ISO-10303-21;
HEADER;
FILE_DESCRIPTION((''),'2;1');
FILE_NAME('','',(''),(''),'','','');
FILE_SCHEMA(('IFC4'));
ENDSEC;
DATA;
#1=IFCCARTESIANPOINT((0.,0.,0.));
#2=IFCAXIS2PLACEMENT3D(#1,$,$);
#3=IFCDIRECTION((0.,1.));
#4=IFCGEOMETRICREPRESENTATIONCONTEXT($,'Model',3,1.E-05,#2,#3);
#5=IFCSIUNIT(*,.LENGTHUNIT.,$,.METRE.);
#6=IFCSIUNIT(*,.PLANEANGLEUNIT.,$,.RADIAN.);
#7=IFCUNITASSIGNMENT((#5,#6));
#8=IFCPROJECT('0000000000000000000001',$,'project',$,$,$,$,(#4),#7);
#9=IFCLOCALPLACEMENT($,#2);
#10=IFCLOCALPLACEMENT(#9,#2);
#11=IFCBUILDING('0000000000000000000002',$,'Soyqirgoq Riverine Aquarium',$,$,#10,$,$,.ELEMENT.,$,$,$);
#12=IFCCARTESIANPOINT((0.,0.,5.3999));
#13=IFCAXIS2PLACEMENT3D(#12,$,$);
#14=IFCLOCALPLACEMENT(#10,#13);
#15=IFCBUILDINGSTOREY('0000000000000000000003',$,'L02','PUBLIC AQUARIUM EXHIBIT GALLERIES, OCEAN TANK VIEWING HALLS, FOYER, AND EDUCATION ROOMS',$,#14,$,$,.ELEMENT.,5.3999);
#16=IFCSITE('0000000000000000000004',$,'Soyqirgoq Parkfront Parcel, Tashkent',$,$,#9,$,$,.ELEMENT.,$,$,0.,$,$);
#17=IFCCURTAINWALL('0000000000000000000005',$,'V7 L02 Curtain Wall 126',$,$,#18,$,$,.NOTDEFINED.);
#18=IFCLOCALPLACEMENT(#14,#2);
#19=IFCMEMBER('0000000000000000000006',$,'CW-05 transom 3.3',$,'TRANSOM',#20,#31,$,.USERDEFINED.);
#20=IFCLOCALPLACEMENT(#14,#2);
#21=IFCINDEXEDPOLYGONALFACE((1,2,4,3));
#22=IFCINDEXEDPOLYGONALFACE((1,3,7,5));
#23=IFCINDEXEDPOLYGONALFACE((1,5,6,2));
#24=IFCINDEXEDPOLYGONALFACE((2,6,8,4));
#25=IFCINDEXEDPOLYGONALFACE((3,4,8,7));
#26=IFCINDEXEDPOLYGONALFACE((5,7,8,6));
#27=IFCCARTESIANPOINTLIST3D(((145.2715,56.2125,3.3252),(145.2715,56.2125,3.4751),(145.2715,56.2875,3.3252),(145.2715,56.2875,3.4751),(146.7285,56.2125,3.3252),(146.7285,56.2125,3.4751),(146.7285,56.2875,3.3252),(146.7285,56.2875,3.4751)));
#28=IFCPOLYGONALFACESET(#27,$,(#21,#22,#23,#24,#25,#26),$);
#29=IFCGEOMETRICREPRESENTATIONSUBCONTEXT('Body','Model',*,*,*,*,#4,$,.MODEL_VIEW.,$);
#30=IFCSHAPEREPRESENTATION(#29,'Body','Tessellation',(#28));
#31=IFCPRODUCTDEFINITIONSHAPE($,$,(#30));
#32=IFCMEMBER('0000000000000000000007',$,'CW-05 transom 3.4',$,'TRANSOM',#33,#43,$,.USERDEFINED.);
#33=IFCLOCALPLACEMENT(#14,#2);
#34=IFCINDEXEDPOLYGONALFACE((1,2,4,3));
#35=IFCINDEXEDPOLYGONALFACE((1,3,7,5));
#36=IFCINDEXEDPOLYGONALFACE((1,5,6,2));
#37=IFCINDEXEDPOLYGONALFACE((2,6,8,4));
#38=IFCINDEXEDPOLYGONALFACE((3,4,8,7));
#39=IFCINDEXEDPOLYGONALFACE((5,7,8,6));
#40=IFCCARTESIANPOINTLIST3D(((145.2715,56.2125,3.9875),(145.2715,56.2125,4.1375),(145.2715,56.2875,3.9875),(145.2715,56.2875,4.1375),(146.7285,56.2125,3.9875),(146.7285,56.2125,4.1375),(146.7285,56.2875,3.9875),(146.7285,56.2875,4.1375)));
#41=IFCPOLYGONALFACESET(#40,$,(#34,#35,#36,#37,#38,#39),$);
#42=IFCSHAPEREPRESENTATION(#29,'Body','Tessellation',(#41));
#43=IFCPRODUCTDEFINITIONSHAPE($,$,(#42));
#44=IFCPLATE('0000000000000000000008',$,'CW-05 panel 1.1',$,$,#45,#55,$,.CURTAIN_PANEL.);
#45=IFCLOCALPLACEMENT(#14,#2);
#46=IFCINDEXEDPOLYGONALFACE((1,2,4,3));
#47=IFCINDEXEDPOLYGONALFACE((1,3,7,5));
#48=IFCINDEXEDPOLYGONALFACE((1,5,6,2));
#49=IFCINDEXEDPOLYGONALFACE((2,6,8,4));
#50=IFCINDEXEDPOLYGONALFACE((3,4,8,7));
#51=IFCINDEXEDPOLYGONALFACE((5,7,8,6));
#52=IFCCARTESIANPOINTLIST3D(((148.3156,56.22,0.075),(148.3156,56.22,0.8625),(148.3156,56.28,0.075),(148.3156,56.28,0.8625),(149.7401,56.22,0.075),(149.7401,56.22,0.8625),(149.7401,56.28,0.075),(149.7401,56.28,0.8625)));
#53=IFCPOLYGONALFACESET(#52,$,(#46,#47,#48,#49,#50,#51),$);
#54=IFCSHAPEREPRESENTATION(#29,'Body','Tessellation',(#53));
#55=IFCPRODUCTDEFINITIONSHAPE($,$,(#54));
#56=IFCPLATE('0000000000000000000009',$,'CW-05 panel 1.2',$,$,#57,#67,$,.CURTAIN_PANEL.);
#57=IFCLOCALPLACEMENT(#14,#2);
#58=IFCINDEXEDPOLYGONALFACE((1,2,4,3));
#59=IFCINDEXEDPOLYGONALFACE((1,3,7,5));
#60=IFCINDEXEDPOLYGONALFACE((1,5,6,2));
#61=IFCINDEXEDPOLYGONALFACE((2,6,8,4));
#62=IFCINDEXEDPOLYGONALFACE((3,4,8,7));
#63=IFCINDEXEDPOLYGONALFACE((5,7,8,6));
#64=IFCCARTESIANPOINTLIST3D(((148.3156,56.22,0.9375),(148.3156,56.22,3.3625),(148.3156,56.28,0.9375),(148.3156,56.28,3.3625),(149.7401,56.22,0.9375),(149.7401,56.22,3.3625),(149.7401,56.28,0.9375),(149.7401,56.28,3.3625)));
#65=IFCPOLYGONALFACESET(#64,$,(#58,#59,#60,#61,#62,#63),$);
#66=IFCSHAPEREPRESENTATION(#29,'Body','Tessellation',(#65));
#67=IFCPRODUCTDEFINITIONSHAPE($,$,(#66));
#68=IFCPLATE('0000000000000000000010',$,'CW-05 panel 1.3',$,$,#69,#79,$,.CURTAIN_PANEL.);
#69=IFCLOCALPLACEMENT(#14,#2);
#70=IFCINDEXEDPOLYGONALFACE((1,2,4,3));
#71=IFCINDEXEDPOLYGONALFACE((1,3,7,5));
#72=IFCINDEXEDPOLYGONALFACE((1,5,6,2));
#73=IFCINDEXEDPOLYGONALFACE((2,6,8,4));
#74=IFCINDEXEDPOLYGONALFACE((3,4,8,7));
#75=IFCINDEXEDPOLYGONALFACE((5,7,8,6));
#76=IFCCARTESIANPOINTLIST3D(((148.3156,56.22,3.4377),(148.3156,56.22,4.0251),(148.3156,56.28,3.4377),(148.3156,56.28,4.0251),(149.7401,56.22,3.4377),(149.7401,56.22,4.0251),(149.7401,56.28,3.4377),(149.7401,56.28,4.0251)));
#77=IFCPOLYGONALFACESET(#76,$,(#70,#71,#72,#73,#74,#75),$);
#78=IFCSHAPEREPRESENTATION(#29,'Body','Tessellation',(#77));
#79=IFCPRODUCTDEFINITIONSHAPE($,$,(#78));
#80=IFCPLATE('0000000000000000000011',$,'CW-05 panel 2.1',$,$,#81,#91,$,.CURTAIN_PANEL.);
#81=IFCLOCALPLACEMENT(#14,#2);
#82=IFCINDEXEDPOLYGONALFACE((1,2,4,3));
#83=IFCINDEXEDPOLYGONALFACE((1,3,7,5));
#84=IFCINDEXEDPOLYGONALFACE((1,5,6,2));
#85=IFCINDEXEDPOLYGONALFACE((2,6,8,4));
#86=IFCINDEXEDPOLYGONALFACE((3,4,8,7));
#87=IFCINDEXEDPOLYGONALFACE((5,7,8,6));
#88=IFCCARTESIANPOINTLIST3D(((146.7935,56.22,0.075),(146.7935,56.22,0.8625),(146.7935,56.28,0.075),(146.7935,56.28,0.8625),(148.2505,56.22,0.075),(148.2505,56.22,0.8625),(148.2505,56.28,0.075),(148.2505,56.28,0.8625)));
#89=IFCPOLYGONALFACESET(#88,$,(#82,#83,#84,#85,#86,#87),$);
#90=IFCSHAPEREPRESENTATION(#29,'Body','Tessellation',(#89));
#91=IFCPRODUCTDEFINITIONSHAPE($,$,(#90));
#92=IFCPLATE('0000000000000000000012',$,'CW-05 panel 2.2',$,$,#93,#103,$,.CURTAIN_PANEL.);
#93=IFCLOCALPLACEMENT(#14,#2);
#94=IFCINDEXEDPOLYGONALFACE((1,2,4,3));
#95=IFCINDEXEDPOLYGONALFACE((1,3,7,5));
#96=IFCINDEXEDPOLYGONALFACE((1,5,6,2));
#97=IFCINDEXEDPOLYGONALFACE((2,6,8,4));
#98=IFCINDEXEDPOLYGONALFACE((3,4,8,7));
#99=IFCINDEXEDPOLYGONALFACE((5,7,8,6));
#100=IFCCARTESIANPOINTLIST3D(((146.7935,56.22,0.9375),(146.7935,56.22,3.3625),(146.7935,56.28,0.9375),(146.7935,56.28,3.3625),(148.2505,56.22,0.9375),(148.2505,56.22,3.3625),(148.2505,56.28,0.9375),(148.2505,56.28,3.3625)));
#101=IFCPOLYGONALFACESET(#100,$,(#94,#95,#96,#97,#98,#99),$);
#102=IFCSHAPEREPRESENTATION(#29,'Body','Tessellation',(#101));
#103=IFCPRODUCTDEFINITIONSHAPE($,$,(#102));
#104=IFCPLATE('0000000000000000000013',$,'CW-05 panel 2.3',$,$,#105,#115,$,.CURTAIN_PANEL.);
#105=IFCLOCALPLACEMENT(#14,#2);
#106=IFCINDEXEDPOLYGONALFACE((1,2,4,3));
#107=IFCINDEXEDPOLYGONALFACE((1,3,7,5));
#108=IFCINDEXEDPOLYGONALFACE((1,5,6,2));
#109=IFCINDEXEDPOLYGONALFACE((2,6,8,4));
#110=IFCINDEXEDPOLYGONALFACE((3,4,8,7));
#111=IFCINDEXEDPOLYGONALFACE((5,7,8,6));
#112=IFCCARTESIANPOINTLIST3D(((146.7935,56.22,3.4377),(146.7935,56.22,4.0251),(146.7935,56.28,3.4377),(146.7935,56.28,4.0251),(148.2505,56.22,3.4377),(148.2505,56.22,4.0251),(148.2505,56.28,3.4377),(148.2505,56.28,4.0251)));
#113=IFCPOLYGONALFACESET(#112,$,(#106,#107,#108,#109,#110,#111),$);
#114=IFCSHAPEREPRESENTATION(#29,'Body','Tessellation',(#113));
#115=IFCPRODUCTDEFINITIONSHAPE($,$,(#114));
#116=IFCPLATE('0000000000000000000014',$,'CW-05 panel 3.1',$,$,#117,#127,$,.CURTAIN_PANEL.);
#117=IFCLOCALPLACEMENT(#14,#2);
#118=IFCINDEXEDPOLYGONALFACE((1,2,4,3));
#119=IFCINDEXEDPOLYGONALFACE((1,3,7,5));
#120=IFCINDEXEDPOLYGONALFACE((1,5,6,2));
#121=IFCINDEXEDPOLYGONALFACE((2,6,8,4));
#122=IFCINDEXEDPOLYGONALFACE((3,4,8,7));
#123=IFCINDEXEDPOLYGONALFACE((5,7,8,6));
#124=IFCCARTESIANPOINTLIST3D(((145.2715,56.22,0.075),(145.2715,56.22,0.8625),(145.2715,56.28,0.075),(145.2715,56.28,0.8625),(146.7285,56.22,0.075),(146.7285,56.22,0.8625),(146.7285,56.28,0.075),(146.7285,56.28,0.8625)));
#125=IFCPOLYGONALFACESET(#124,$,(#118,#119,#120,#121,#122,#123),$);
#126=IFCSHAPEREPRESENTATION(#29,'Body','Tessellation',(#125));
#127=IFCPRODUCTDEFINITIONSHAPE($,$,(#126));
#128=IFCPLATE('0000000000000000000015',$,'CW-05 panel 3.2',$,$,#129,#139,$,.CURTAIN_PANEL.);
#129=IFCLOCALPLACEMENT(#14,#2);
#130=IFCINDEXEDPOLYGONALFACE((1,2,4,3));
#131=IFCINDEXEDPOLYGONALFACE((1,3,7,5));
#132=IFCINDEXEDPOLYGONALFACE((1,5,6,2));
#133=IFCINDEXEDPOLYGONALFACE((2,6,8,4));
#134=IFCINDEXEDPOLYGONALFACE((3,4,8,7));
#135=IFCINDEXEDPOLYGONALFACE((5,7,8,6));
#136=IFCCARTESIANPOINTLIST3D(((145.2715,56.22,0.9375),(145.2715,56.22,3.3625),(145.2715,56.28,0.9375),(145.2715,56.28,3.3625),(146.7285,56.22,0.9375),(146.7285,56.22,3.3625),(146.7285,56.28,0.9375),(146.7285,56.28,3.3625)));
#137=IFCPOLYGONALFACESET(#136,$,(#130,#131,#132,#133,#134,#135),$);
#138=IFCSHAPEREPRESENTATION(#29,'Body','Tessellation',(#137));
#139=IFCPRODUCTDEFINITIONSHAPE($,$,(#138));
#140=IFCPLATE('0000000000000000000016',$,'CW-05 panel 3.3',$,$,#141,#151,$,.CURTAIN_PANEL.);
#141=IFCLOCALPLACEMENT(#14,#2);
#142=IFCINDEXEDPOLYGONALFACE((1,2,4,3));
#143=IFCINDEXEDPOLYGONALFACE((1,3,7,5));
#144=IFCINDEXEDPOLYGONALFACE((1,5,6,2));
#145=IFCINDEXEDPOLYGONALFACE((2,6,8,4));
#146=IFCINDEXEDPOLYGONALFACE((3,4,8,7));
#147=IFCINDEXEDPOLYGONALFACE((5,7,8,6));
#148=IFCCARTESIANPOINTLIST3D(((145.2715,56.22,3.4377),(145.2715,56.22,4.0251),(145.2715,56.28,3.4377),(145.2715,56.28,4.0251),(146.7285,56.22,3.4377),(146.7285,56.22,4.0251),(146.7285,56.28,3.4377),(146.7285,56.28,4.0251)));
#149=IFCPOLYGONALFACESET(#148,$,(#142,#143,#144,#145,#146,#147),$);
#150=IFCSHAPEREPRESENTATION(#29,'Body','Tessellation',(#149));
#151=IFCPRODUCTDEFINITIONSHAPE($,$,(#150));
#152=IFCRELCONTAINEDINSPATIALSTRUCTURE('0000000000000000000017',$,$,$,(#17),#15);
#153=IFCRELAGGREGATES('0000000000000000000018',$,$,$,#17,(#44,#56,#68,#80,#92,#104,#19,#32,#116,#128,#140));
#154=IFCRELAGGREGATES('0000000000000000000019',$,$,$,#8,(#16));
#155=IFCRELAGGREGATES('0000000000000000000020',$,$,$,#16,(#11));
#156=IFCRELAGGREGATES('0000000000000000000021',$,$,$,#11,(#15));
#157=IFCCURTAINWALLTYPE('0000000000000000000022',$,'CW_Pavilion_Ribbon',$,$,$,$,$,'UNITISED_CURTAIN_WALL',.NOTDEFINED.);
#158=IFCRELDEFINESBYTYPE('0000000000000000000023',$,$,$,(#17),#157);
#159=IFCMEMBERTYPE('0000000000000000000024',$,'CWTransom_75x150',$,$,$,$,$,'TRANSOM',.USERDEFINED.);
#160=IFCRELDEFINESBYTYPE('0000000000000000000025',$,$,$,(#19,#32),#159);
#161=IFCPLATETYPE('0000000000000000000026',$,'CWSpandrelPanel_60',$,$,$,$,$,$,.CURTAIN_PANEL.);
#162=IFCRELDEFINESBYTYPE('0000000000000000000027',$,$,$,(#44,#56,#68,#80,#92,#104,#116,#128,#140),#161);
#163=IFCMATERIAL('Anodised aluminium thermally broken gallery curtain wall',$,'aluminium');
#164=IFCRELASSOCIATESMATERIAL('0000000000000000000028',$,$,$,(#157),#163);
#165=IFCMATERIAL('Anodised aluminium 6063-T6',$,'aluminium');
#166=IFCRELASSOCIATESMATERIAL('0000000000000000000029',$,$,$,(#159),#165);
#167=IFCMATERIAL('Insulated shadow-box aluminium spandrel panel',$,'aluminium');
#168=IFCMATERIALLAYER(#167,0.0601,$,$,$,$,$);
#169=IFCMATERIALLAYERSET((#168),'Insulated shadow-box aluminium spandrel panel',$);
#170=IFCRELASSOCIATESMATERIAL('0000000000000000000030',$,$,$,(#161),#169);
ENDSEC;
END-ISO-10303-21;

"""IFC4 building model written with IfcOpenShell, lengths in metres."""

from ifc_helpers import new_model, si_unit, direction, frame, origin, origin_2d, place, context, subcontext, project, spatial, rectangle, extrude, material, layer, layer_set, material_profile, profile_set, type_object, element, aggregate, save


model = new_model("IFC4")

# Units and contexts
model_context = context("Model", 3, precision=1e-05, world=origin(), true_north=direction((0.0, 1.0)))
body_context = subcontext(model_context, "Body", "Model", "MODEL_VIEW")
ifc_project = project(units=[si_unit("LENGTHUNIT", "METRE"), si_unit("PLANEANGLEUNIT", "RADIAN")], contexts=[model_context])

# Site, building, storey
site_placement = place(None, origin())
site = spatial("IfcSite", under=ifc_project, at=site_placement, Name="Soyqirgoq Parkfront Parcel, Tashkent", CompositionType="ELEMENT", RefElevation=0.0)
building_placement = place(site_placement, origin())
building = spatial("IfcBuilding", under=site, at=building_placement, Name="Soyqirgoq Riverine Aquarium", CompositionType="ELEMENT")
storey_placement = place(building_placement, frame((0.0, 0.0, 5.3999)))
storey = spatial("IfcBuildingStorey", under=building, at=storey_placement, Name="L02", Description="PUBLIC AQUARIUM EXHIBIT GALLERIES, OCEAN TANK VIEWING HALLS, FOYER, AND EDUCATION ROOMS", CompositionType="ELEMENT", Elevation=5.3999)

# Curtain wall, members, plates
ifc_material_1 = material(Name="Anodised aluminium thermally broken gallery curtain wall", Category="aluminium")
curtain_wall_type = type_object("IfcCurtainWallType", Name="CW_Pavilion_Ribbon", ElementType="UNITISED_CURTAIN_WALL", PredefinedType="NOTDEFINED", material=ifc_material_1)
curtain_wall_placement = place(storey_placement, origin())
curtain_wall = element("IfcCurtainWall", 1, at=curtain_wall_placement, inside=storey, type_object=curtain_wall_type, Name="V7 L02 Curtain Wall 126", PredefinedType="NOTDEFINED")
ifc_material_2 = material(Name="Anodised aluminium 6063-T6", Category="aluminium")
ifc_material_profile_1 = material_profile(ifc_material_2, rectangle(XDim=0.075, YDim=0.1499, at=origin_2d()), Name="ALU-T 75x150")
ifc_profile_set_1 = profile_set([ifc_material_profile_1], Name="Anodised aluminium 6063-T6")
member_type_1 = type_object("IfcMemberType", Name="CWTransom_75x150", ElementType="TRANSOM", PredefinedType="USERDEFINED", material=ifc_profile_set_1)
member_1_placement = place(storey_placement, frame((146.7285, 56.25, 3.4001), z_axis=(-1.0, 0.0, 0.0), x_axis=(0.0, -1.0, 0.0)))
member_1 = element("IfcMember", 2, at=member_1_placement, type_object=member_type_1, Name="CW-05 transom 3.3", ObjectType="TRANSOM", PredefinedType="USERDEFINED", context=body_context, shape_type="SweptSolid", body=[
    extrude(rectangle(XDim=0.075, YDim=0.1499, at=origin_2d()), origin(), (0.0, 0.0, 1.0), 1.457),
])
member_2_placement = place(storey_placement, frame((146.7285, 56.25, 4.0625), z_axis=(-1.0, 0.0, 0.0), x_axis=(0.0, -1.0, 0.0)))
member_2 = element("IfcMember", 3, at=member_2_placement, type_object=member_type_1, Name="CW-05 transom 3.4", ObjectType="TRANSOM", PredefinedType="USERDEFINED", context=body_context, shape_type="SweptSolid", body=[
    extrude(rectangle(XDim=0.075, YDim=0.1499, at=origin_2d()), origin(), (0.0, 0.0, 1.0), 1.457),
])
ifc_material_3 = material(Name="Insulated shadow-box aluminium spandrel panel", Category="aluminium")
ifc_layer = layer(ifc_material_3, 0.0601)
ifc_layer_set = layer_set([ifc_layer], Name="Insulated shadow-box aluminium spandrel panel")
plate_type = type_object("IfcPlateType", Name="CWSpandrelPanel_60", PredefinedType="CURTAIN_PANEL", material=ifc_layer_set)
plate_1_placement = place(storey_placement, frame((149.0278, 56.25, 0.075), z_axis=(0.0, 0.0, 1.0), x_axis=(-1.0, 0.0, 0.0)))
plate_1 = element("IfcPlate", 4, at=plate_1_placement, type_object=plate_type, Name="CW-05 panel 1.1", PredefinedType="CURTAIN_PANEL", context=body_context, shape_type="SweptSolid", body=[
    extrude(rectangle(XDim=1.4246, YDim=0.0601, at=origin_2d()), origin(), (0.0, 0.0, 1.0), 0.7876),
])
plate_2_placement = place(storey_placement, frame((149.0278, 56.25, 0.9375), z_axis=(0.0, 0.0, 1.0), x_axis=(-1.0, 0.0, 0.0)))
plate_2 = element("IfcPlate", 5, at=plate_2_placement, type_object=plate_type, Name="CW-05 panel 1.2", PredefinedType="CURTAIN_PANEL", context=body_context, shape_type="SweptSolid", body=[
    extrude(rectangle(XDim=1.4246, YDim=0.0601, at=origin_2d()), origin(), (0.0, 0.0, 1.0), 2.425),
])
plate_3_placement = place(storey_placement, frame((149.0278, 56.25, 3.4377), z_axis=(0.0, 0.0, 1.0), x_axis=(-1.0, 0.0, 0.0)))
plate_3 = element("IfcPlate", 6, at=plate_3_placement, type_object=plate_type, Name="CW-05 panel 1.3", PredefinedType="CURTAIN_PANEL", context=body_context, shape_type="SweptSolid", body=[
    extrude(rectangle(XDim=1.4246, YDim=0.0601, at=origin_2d()), origin(), (0.0, 0.0, 1.0), 0.5874),
])
plate_4_placement = place(storey_placement, frame((147.522, 56.25, 0.075), z_axis=(0.0, 0.0, 1.0), x_axis=(-1.0, 0.0, 0.0)))
plate_4 = element("IfcPlate", 7, at=plate_4_placement, type_object=plate_type, Name="CW-05 panel 2.1", PredefinedType="CURTAIN_PANEL", context=body_context, shape_type="SweptSolid", body=[
    extrude(rectangle(XDim=1.457, YDim=0.0601, at=origin_2d()), origin(), (0.0, 0.0, 1.0), 0.7876),
])
plate_5_placement = place(storey_placement, frame((147.522, 56.25, 0.9375), z_axis=(0.0, 0.0, 1.0), x_axis=(-1.0, 0.0, 0.0)))
plate_5 = element("IfcPlate", 8, at=plate_5_placement, type_object=plate_type, Name="CW-05 panel 2.2", PredefinedType="CURTAIN_PANEL", context=body_context, shape_type="SweptSolid", body=[
    extrude(rectangle(XDim=1.457, YDim=0.0601, at=origin_2d()), origin(), (0.0, 0.0, 1.0), 2.425),
])
plate_6_placement = place(storey_placement, frame((147.522, 56.25, 3.4377), z_axis=(0.0, 0.0, 1.0), x_axis=(-1.0, 0.0, 0.0)))
plate_6 = element("IfcPlate", 9, at=plate_6_placement, type_object=plate_type, Name="CW-05 panel 2.3", PredefinedType="CURTAIN_PANEL", context=body_context, shape_type="SweptSolid", body=[
    extrude(rectangle(XDim=1.457, YDim=0.0601, at=origin_2d()), origin(), (0.0, 0.0, 1.0), 0.5874),
])
plate_7_placement = place(storey_placement, frame((146.0, 56.25, 0.075), z_axis=(0.0, 0.0, 1.0), x_axis=(-1.0, 0.0, 0.0)))
plate_7 = element("IfcPlate", 10, at=plate_7_placement, type_object=plate_type, Name="CW-05 panel 3.1", PredefinedType="CURTAIN_PANEL", context=body_context, shape_type="SweptSolid", body=[
    extrude(rectangle(XDim=1.457, YDim=0.0601, at=origin_2d()), origin(), (0.0, 0.0, 1.0), 0.7876),
])
plate_8_placement = place(storey_placement, frame((146.0, 56.25, 0.9375), z_axis=(0.0, 0.0, 1.0), x_axis=(-1.0, 0.0, 0.0)))
plate_8 = element("IfcPlate", 11, at=plate_8_placement, type_object=plate_type, Name="CW-05 panel 3.2", PredefinedType="CURTAIN_PANEL", context=body_context, shape_type="SweptSolid", body=[
    extrude(rectangle(XDim=1.457, YDim=0.0601, at=origin_2d()), origin(), (0.0, 0.0, 1.0), 2.425),
])
plate_9_placement = place(storey_placement, frame((146.0, 56.25, 3.4377), z_axis=(0.0, 0.0, 1.0), x_axis=(-1.0, 0.0, 0.0)))
plate_9 = element("IfcPlate", 12, at=plate_9_placement, type_object=plate_type, Name="CW-05 panel 3.3", PredefinedType="CURTAIN_PANEL", context=body_context, shape_type="SweptSolid", body=[
    extrude(rectangle(XDim=1.457, YDim=0.0601, at=origin_2d()), origin(), (0.0, 0.0, 1.0), 0.5874),
])
aggregate(curtain_wall, [plate_1, plate_2, plate_3, plate_4, plate_5, plate_6, member_1, member_2, plate_7, plate_8, plate_9])

save(model, "model.ifc")
